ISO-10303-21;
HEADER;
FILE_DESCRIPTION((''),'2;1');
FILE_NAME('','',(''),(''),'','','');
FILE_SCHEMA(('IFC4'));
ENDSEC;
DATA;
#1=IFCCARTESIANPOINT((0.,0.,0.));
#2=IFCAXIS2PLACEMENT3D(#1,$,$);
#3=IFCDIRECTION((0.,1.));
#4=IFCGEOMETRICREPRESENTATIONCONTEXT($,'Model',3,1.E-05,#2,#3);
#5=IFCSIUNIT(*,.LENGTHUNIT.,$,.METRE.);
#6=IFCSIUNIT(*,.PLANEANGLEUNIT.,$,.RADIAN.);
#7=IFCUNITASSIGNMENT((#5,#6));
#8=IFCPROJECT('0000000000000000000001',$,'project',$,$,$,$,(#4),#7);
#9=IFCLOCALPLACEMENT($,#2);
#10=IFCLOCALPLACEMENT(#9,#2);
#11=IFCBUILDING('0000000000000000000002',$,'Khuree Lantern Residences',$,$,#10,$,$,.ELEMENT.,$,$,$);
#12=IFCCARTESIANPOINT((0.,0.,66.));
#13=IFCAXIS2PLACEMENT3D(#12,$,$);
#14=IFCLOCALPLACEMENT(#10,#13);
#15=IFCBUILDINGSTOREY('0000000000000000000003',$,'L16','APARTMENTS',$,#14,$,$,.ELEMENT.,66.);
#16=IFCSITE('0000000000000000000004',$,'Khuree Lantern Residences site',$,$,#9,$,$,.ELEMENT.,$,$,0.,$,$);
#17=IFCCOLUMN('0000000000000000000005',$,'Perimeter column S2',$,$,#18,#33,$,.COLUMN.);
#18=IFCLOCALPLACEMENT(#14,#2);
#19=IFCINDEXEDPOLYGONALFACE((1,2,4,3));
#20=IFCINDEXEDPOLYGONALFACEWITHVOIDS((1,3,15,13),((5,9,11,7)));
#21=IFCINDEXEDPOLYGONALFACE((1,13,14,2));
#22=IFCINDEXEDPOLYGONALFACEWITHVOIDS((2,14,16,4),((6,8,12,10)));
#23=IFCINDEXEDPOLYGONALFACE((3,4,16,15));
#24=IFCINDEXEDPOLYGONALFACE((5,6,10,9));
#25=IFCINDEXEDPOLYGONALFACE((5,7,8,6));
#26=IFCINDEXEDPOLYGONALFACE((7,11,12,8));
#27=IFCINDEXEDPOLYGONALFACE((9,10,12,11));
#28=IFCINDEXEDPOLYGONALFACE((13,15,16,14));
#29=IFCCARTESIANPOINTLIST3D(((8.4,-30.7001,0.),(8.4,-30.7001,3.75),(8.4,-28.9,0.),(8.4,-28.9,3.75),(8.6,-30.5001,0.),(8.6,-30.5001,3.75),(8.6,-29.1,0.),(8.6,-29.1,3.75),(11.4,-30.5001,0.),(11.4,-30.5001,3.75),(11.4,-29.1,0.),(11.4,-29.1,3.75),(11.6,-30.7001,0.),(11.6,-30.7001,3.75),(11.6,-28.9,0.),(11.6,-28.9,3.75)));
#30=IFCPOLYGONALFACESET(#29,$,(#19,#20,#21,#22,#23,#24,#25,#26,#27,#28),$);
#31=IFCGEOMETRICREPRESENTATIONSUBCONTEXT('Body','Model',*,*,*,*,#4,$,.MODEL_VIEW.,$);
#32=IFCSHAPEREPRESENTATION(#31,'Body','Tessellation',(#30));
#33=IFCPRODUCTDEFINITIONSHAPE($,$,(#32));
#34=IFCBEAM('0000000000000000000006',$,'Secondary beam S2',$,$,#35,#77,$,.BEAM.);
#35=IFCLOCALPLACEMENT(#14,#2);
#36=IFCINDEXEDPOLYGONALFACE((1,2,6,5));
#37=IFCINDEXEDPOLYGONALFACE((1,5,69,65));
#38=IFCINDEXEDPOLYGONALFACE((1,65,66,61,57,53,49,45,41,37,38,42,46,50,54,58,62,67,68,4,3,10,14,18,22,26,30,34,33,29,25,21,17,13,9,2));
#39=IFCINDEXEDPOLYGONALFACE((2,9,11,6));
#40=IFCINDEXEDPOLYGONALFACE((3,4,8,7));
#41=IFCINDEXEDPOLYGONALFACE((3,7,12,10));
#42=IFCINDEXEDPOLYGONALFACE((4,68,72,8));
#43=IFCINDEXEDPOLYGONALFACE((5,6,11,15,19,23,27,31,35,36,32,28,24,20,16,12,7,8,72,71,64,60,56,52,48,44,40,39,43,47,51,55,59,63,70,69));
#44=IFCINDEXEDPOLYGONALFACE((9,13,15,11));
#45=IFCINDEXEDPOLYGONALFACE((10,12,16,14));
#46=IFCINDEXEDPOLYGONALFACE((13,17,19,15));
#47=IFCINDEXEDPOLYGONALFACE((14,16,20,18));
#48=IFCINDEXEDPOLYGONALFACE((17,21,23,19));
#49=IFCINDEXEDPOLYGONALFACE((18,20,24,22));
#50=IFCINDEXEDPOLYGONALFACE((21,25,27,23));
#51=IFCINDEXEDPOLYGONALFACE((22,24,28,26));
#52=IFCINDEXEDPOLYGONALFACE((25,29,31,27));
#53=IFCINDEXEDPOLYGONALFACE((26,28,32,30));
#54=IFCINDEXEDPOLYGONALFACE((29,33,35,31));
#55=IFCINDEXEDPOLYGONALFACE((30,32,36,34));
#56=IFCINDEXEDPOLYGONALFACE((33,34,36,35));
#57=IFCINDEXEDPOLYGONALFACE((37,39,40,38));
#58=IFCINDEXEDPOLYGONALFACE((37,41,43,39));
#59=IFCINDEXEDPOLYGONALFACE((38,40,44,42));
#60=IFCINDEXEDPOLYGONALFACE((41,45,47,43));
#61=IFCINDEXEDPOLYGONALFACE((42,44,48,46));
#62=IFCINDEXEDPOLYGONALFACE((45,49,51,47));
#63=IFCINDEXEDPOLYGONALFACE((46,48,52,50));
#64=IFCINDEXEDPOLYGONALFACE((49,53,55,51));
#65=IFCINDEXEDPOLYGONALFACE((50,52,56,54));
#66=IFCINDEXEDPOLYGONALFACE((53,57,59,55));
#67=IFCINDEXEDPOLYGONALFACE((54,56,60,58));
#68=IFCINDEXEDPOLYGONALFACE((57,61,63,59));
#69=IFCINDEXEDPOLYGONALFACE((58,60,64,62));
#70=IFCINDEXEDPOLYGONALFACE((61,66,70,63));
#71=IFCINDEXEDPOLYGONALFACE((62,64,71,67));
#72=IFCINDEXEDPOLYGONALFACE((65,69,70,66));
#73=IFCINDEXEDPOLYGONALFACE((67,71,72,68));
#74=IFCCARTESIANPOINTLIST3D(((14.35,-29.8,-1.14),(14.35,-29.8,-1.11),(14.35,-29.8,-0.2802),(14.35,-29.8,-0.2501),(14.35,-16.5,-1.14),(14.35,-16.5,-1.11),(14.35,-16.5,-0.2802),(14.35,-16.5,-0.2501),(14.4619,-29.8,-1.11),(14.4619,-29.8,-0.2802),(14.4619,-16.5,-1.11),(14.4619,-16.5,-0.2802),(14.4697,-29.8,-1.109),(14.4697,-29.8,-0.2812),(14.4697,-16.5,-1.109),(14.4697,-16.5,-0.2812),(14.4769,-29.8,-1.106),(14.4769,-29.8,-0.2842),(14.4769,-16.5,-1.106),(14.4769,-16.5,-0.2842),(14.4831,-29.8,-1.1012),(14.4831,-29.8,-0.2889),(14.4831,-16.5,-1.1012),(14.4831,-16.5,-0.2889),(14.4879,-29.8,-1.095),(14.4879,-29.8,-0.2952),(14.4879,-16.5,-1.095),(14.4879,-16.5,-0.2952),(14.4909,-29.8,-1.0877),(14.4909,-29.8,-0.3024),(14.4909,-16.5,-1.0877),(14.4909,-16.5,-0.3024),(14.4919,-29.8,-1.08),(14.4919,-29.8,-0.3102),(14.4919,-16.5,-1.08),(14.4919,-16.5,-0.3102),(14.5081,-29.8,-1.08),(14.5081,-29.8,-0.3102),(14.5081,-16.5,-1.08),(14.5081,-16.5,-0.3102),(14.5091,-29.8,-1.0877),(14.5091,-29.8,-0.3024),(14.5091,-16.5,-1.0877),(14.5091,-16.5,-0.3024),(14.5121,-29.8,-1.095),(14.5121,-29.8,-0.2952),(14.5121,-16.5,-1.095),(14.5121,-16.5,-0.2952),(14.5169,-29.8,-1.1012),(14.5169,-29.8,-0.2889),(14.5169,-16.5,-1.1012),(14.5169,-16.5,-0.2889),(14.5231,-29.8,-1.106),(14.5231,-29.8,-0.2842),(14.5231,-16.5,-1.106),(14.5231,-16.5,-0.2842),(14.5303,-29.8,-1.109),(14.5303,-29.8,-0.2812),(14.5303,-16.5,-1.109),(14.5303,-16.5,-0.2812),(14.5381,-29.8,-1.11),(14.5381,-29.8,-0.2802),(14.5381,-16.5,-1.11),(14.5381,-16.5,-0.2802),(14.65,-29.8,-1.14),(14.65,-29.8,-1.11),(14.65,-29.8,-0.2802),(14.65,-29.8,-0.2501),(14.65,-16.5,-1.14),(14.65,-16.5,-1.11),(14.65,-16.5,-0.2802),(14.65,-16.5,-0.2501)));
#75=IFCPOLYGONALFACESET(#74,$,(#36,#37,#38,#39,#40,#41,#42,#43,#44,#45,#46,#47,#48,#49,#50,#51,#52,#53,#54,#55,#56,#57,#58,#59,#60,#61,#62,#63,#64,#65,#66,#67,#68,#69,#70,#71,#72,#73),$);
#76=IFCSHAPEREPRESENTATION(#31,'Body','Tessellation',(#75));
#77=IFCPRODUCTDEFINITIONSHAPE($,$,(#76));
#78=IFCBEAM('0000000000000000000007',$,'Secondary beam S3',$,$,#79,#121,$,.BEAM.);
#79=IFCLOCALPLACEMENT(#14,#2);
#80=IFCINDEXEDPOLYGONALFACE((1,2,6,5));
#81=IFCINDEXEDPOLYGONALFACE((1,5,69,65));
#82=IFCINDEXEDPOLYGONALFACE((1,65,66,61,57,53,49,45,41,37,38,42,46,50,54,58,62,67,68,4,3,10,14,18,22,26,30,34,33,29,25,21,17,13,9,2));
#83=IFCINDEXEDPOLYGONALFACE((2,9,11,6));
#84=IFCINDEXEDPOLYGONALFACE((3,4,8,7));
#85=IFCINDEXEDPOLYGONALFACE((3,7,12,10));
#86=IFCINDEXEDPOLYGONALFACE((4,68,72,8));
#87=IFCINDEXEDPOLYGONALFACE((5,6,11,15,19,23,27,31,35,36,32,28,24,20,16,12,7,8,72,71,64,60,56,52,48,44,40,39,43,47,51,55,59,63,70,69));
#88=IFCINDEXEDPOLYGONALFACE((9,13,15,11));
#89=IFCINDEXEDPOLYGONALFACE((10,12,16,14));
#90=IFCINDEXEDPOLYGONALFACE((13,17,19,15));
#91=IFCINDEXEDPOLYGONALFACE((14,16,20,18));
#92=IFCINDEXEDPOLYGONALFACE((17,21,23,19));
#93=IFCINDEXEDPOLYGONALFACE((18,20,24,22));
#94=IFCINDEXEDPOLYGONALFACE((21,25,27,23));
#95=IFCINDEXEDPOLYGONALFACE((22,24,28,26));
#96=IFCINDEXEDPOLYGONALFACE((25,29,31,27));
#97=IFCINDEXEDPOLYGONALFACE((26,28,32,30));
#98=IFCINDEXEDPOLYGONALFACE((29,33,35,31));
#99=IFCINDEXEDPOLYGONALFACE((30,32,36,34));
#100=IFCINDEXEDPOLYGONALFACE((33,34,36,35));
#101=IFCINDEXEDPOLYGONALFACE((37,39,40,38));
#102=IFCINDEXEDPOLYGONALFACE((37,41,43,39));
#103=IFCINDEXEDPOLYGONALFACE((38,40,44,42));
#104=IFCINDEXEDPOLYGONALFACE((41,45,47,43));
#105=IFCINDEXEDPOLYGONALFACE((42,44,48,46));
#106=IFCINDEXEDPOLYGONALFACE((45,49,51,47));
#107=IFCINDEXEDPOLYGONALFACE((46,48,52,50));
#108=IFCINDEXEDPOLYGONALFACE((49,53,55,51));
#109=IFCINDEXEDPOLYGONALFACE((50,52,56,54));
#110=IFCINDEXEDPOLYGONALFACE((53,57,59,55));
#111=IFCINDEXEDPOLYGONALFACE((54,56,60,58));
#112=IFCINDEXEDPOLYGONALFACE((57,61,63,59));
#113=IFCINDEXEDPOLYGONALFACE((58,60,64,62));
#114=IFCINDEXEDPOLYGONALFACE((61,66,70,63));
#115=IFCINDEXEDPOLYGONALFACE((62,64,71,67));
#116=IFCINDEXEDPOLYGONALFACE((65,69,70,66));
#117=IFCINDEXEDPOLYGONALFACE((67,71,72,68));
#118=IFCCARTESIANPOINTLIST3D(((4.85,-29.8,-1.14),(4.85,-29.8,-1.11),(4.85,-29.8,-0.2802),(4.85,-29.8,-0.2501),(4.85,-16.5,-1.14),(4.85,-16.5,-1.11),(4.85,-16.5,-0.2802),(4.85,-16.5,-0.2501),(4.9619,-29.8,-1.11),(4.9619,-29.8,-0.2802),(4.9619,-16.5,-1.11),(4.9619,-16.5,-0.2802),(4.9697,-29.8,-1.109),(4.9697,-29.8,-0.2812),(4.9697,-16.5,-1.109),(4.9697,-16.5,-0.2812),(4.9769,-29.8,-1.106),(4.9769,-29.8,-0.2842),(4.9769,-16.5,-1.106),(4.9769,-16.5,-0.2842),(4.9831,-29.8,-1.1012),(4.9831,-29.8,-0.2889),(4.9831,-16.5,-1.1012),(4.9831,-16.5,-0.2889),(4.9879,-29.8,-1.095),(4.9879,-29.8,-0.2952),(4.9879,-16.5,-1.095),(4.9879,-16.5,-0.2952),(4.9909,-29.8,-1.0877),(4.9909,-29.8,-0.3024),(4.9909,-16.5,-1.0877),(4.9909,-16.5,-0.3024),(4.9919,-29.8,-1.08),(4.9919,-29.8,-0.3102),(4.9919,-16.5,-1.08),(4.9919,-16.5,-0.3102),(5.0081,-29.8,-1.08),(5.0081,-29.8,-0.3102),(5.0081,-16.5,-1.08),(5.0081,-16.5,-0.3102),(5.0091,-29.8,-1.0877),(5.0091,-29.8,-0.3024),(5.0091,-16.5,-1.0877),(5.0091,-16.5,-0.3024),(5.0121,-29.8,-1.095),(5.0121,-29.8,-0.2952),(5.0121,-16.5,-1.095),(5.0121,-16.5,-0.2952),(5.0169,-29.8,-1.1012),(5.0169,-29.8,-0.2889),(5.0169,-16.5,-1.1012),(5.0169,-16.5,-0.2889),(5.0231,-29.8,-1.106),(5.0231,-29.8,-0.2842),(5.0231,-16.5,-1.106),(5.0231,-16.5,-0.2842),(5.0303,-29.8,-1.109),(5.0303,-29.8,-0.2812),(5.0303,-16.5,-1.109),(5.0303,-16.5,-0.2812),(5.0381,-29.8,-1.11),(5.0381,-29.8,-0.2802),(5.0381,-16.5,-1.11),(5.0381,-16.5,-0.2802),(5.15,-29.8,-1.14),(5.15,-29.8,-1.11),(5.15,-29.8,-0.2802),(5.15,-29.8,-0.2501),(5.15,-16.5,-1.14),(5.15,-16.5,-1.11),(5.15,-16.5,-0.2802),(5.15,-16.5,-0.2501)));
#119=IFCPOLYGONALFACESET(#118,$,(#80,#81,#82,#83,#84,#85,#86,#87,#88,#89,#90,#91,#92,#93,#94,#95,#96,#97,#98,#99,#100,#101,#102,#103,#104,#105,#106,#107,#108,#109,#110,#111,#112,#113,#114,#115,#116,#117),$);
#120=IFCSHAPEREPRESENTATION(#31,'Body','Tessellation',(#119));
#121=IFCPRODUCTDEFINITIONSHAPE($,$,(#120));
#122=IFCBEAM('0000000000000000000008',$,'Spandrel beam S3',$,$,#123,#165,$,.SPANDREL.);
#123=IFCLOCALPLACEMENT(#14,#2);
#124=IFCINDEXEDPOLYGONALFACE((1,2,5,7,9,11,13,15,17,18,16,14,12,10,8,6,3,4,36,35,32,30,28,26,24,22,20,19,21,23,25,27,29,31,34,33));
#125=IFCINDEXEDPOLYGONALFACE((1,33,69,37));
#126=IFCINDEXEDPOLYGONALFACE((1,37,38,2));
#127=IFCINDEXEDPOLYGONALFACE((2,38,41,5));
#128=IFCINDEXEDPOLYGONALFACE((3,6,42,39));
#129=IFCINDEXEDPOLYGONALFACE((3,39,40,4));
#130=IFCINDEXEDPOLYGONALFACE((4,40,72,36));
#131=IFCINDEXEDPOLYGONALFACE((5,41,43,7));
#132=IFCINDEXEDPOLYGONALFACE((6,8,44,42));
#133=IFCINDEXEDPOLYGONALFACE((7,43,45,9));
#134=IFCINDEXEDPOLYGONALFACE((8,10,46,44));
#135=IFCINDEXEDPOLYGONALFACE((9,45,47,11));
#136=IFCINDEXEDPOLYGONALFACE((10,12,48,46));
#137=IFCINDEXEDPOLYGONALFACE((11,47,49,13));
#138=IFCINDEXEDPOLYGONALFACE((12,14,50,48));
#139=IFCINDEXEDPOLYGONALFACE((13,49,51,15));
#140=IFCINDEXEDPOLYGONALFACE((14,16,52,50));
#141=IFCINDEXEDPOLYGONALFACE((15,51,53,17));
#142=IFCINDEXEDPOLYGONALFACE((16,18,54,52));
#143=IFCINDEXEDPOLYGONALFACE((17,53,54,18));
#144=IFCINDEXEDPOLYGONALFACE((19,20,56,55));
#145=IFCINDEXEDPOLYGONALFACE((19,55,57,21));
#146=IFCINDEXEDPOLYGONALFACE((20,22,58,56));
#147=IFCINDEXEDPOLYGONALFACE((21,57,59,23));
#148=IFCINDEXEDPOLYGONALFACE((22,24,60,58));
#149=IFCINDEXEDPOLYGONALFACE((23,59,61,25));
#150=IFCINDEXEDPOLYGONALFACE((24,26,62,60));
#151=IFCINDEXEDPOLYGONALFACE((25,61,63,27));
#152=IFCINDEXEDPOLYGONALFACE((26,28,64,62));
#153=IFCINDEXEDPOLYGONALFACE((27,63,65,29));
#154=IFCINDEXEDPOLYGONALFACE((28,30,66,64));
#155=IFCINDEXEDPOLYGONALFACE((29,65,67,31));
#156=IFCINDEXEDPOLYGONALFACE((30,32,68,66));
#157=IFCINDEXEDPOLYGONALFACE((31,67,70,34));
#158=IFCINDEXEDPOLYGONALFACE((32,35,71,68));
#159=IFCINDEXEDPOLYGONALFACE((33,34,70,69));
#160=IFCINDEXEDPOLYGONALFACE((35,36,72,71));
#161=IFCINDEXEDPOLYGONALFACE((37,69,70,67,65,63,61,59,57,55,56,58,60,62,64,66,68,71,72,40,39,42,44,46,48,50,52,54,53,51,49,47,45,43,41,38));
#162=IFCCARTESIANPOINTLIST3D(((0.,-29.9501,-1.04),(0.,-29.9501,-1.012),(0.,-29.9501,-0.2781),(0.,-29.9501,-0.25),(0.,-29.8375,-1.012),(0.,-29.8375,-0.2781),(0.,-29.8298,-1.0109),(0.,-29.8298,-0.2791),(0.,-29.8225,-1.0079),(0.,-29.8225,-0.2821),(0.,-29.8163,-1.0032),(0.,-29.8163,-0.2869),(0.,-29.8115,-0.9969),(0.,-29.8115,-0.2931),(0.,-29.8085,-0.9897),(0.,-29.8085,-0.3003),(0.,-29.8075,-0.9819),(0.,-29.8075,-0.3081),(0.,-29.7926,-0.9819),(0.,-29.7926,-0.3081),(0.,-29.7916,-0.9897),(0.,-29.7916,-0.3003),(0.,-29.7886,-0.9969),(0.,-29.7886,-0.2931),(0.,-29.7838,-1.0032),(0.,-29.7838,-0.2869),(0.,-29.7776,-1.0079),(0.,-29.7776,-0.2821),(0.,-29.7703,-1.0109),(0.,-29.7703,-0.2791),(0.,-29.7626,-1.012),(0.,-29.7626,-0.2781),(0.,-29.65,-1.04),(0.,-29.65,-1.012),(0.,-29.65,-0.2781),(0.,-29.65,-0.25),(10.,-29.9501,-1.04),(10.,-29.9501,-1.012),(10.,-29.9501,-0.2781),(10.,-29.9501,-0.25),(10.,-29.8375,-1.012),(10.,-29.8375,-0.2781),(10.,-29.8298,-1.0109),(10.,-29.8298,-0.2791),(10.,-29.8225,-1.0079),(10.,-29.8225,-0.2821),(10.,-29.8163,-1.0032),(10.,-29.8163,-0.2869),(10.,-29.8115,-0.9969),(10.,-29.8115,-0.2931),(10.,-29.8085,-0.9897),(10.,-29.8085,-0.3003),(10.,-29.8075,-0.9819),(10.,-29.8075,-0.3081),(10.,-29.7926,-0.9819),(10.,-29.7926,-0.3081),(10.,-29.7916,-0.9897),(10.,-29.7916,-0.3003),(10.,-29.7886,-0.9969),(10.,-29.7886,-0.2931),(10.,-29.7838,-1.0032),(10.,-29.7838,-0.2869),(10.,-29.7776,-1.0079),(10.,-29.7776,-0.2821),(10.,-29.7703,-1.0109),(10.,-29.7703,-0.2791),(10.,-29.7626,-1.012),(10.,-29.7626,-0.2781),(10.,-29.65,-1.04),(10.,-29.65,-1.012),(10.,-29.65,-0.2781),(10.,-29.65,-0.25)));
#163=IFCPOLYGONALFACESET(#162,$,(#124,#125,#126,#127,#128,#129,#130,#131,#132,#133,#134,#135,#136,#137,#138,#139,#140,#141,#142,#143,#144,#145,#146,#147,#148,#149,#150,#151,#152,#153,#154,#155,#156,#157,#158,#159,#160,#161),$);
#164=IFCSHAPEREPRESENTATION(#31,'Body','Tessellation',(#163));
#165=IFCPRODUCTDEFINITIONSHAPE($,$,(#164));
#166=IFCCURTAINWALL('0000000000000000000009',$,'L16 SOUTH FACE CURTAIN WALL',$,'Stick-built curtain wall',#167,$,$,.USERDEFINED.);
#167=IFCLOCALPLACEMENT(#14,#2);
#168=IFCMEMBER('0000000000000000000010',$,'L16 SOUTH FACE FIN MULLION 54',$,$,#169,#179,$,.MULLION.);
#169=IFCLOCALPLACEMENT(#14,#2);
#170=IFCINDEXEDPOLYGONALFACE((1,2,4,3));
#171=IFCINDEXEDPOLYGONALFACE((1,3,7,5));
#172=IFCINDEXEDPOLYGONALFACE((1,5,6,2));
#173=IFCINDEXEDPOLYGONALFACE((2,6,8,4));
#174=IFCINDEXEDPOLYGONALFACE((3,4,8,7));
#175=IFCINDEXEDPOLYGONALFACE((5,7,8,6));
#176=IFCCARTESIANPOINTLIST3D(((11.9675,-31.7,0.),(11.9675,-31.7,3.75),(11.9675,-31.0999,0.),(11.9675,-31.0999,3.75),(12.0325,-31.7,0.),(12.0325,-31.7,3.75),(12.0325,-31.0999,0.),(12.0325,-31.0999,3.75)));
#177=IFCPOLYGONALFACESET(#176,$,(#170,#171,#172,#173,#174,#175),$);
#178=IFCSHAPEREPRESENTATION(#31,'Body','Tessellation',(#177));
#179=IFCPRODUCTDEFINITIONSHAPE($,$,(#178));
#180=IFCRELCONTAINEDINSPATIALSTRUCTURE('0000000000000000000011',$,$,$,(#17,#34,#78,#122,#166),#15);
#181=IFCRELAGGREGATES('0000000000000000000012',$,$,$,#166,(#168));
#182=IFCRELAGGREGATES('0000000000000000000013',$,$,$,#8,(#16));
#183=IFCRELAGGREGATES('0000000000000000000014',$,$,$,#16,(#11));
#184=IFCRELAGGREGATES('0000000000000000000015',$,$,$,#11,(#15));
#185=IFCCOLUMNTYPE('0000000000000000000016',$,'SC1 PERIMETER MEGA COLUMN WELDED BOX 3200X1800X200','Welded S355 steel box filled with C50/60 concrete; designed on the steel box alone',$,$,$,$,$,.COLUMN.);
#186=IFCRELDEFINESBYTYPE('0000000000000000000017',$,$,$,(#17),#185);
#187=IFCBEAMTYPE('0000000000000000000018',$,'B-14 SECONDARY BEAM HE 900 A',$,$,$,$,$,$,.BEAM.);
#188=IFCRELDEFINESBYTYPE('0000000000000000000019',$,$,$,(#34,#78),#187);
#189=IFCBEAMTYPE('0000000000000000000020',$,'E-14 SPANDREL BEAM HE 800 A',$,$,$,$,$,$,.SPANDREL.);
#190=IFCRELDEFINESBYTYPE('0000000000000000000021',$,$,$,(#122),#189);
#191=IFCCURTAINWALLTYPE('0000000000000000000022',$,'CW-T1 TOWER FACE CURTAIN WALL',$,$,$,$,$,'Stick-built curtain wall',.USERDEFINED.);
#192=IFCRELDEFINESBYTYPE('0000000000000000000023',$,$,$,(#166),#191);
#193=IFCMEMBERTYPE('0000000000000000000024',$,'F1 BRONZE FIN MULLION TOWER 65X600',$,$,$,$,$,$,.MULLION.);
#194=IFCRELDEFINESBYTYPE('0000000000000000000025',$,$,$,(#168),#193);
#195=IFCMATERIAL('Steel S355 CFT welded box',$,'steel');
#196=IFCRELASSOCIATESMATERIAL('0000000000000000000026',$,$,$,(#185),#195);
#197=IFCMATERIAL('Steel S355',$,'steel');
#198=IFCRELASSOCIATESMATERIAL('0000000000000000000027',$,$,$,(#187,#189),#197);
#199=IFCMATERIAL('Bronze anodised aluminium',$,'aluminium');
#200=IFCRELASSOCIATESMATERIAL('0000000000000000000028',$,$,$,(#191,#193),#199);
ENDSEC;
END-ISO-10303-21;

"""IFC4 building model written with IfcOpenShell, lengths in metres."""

from ifc_helpers import new_model, si_unit, direction, frame, origin, origin_2d, place, context, subcontext, project, spatial, rectangle, hollow_rectangle, i_section, extrude, material, material_profile, profile_set, type_object, element, aggregate, save


model = new_model("IFC4")

# Units and contexts
model_context = context("Model", 3, precision=1e-05, world=origin(), true_north=direction((0.0, 1.0)))
body_context = subcontext(model_context, "Body", "Model", "MODEL_VIEW")
ifc_project = project(units=[si_unit("LENGTHUNIT", "METRE"), si_unit("PLANEANGLEUNIT", "RADIAN")], contexts=[model_context])

# Site, building, storey
site_placement = place(None, origin())
site = spatial("IfcSite", under=ifc_project, at=site_placement, Name="Khuree Lantern Residences site", CompositionType="ELEMENT", RefElevation=0.0)
building_placement = place(site_placement, origin())
building = spatial("IfcBuilding", under=site, at=building_placement, Name="Khuree Lantern Residences", CompositionType="ELEMENT")
storey_placement = place(building_placement, frame((0.0, 0.0, 66.0)))
storey = spatial("IfcBuildingStorey", under=building, at=storey_placement, Name="L16", Description="APARTMENTS", CompositionType="ELEMENT", Elevation=66.0)

# Column
ifc_material_1 = material(Name="Steel S355 CFT welded box", Category="steel")
ifc_material_profile_1 = material_profile(ifc_material_1, hollow_rectangle(XDim=3.2, YDim=1.8, WallThickness=0.2, at=origin_2d()), Name="WELDED BOX 3200X1800X200")
ifc_profile_set_1 = profile_set([ifc_material_profile_1], Name="Steel S355 CFT welded box")
column_type = type_object("IfcColumnType", Name="SC1 PERIMETER MEGA COLUMN WELDED BOX 3200X1800X200", Description="Welded S355 steel box filled with C50/60 concrete; designed on the steel box alone", PredefinedType="COLUMN", material=ifc_profile_set_1)
column_placement = place(storey_placement, frame((10.0, -29.8, 0.0), z_axis=(0.0, 0.0, 1.0), x_axis=(1.0, 0.0, 0.0)))
element("IfcColumn", 1, at=column_placement, inside=storey, type_object=column_type, Name="Perimeter column S2", PredefinedType="COLUMN", context=body_context, shape_type="SweptSolid", body=[
    extrude(hollow_rectangle(XDim=3.2, YDim=1.8, WallThickness=0.2, at=origin_2d()), origin(), (0.0, 0.0, 1.0), 3.75),
])

# Beams
ifc_material_2 = material(Name="Steel S355", Category="steel")
ifc_material_profile_2 = material_profile(ifc_material_2, i_section(OverallWidth=0.3, OverallDepth=0.8899, WebThickness=0.0161, FlangeThickness=0.03, FilletRadius=0.03, at=origin_2d()), Name="HE 900 A")
ifc_profile_set_2 = profile_set([ifc_material_profile_2], Name="Steel S355")
beam_type_1 = type_object("IfcBeamType", Name="B-14 SECONDARY BEAM HE 900 A", PredefinedType="BEAM", material=ifc_profile_set_2)
for number, where, z_axis, x_axis, name in (
    (2, (14.5, -29.8, -0.6951), (0.0, 1.0, 0.0), (-1.0, 0.0, 0.0), "Secondary beam S2"),
    (3, (5.0, -29.8, -0.6951), (0.0, 1.0, 0.0), (-1.0, 0.0, 0.0), "Secondary beam S3"),
):
    element("IfcBeam", number, at=place(storey_placement, frame(where, z_axis=z_axis, x_axis=x_axis)), inside=storey, type_object=beam_type_1, Name=name, PredefinedType="BEAM", context=body_context, shape_type="SweptSolid", body=[
        extrude(i_section(OverallWidth=0.3, OverallDepth=0.8899, WebThickness=0.0161, FlangeThickness=0.03, FilletRadius=0.03, at=origin_2d()), origin(), (0.0, 0.0, 1.0), 13.3),
    ])
ifc_material_profile_3 = material_profile(ifc_material_2, i_section(OverallWidth=0.3, OverallDepth=0.79, WebThickness=0.0149, FlangeThickness=0.0281, FilletRadius=0.03, at=origin_2d()), Name="HE 800 A")
ifc_profile_set_3 = profile_set([ifc_material_profile_3], Name="Steel S355")
beam_type_2 = type_object("IfcBeamType", Name="E-14 SPANDREL BEAM HE 800 A", PredefinedType="SPANDREL", material=ifc_profile_set_3)
beam_1_placement = place(storey_placement, frame((10.0, -29.8, -0.645), z_axis=(-1.0, 0.0, 0.0), x_axis=(0.0, -1.0, 0.0)))
element("IfcBeam", 4, at=beam_1_placement, inside=storey, type_object=beam_type_2, Name="Spandrel beam S3", PredefinedType="SPANDREL", context=body_context, shape_type="SweptSolid", body=[
    extrude(i_section(OverallWidth=0.3, OverallDepth=0.79, WebThickness=0.0149, FlangeThickness=0.0281, FilletRadius=0.03, at=origin_2d()), origin(), (0.0, 0.0, 1.0), 10.0),
])

# Curtain wall, member
ifc_material_3 = material(Name="Bronze anodised aluminium", Category="aluminium")
curtain_wall_type = type_object("IfcCurtainWallType", Name="CW-T1 TOWER FACE CURTAIN WALL", ElementType="Stick-built curtain wall", PredefinedType="USERDEFINED", material=ifc_material_3)
curtain_wall_placement = place(storey_placement, origin())
curtain_wall = element("IfcCurtainWall", 5, at=curtain_wall_placement, inside=storey, type_object=curtain_wall_type, Name="L16 SOUTH FACE CURTAIN WALL", ObjectType="Stick-built curtain wall", PredefinedType="USERDEFINED")
ifc_material_profile_4 = material_profile(ifc_material_3, rectangle(XDim=0.0649, YDim=0.6001, at=origin_2d()), Name="F1 65X600")
ifc_profile_set_4 = profile_set([ifc_material_profile_4], Name="Bronze anodised aluminium")
member_type_1 = type_object("IfcMemberType", Name="F1 BRONZE FIN MULLION TOWER 65X600", PredefinedType="MULLION", material=ifc_profile_set_4)
member_1_placement = place(storey_placement, frame((12.0, -31.3999, 0.0), z_axis=(0.0, 0.0, 1.0), x_axis=(1.0, 0.0, 0.0)))
member_1 = element("IfcMember", 6, at=member_1_placement, type_object=member_type_1, Name="L16 SOUTH FACE FIN MULLION 54", PredefinedType="MULLION", context=body_context, shape_type="SweptSolid", body=[
    extrude(rectangle(XDim=0.0649, YDim=0.6001, at=origin_2d()), origin(), (0.0, 0.0, 1.0), 3.75),
])

aggregate(curtain_wall, [member_1])

save(model, "model.ifc")
